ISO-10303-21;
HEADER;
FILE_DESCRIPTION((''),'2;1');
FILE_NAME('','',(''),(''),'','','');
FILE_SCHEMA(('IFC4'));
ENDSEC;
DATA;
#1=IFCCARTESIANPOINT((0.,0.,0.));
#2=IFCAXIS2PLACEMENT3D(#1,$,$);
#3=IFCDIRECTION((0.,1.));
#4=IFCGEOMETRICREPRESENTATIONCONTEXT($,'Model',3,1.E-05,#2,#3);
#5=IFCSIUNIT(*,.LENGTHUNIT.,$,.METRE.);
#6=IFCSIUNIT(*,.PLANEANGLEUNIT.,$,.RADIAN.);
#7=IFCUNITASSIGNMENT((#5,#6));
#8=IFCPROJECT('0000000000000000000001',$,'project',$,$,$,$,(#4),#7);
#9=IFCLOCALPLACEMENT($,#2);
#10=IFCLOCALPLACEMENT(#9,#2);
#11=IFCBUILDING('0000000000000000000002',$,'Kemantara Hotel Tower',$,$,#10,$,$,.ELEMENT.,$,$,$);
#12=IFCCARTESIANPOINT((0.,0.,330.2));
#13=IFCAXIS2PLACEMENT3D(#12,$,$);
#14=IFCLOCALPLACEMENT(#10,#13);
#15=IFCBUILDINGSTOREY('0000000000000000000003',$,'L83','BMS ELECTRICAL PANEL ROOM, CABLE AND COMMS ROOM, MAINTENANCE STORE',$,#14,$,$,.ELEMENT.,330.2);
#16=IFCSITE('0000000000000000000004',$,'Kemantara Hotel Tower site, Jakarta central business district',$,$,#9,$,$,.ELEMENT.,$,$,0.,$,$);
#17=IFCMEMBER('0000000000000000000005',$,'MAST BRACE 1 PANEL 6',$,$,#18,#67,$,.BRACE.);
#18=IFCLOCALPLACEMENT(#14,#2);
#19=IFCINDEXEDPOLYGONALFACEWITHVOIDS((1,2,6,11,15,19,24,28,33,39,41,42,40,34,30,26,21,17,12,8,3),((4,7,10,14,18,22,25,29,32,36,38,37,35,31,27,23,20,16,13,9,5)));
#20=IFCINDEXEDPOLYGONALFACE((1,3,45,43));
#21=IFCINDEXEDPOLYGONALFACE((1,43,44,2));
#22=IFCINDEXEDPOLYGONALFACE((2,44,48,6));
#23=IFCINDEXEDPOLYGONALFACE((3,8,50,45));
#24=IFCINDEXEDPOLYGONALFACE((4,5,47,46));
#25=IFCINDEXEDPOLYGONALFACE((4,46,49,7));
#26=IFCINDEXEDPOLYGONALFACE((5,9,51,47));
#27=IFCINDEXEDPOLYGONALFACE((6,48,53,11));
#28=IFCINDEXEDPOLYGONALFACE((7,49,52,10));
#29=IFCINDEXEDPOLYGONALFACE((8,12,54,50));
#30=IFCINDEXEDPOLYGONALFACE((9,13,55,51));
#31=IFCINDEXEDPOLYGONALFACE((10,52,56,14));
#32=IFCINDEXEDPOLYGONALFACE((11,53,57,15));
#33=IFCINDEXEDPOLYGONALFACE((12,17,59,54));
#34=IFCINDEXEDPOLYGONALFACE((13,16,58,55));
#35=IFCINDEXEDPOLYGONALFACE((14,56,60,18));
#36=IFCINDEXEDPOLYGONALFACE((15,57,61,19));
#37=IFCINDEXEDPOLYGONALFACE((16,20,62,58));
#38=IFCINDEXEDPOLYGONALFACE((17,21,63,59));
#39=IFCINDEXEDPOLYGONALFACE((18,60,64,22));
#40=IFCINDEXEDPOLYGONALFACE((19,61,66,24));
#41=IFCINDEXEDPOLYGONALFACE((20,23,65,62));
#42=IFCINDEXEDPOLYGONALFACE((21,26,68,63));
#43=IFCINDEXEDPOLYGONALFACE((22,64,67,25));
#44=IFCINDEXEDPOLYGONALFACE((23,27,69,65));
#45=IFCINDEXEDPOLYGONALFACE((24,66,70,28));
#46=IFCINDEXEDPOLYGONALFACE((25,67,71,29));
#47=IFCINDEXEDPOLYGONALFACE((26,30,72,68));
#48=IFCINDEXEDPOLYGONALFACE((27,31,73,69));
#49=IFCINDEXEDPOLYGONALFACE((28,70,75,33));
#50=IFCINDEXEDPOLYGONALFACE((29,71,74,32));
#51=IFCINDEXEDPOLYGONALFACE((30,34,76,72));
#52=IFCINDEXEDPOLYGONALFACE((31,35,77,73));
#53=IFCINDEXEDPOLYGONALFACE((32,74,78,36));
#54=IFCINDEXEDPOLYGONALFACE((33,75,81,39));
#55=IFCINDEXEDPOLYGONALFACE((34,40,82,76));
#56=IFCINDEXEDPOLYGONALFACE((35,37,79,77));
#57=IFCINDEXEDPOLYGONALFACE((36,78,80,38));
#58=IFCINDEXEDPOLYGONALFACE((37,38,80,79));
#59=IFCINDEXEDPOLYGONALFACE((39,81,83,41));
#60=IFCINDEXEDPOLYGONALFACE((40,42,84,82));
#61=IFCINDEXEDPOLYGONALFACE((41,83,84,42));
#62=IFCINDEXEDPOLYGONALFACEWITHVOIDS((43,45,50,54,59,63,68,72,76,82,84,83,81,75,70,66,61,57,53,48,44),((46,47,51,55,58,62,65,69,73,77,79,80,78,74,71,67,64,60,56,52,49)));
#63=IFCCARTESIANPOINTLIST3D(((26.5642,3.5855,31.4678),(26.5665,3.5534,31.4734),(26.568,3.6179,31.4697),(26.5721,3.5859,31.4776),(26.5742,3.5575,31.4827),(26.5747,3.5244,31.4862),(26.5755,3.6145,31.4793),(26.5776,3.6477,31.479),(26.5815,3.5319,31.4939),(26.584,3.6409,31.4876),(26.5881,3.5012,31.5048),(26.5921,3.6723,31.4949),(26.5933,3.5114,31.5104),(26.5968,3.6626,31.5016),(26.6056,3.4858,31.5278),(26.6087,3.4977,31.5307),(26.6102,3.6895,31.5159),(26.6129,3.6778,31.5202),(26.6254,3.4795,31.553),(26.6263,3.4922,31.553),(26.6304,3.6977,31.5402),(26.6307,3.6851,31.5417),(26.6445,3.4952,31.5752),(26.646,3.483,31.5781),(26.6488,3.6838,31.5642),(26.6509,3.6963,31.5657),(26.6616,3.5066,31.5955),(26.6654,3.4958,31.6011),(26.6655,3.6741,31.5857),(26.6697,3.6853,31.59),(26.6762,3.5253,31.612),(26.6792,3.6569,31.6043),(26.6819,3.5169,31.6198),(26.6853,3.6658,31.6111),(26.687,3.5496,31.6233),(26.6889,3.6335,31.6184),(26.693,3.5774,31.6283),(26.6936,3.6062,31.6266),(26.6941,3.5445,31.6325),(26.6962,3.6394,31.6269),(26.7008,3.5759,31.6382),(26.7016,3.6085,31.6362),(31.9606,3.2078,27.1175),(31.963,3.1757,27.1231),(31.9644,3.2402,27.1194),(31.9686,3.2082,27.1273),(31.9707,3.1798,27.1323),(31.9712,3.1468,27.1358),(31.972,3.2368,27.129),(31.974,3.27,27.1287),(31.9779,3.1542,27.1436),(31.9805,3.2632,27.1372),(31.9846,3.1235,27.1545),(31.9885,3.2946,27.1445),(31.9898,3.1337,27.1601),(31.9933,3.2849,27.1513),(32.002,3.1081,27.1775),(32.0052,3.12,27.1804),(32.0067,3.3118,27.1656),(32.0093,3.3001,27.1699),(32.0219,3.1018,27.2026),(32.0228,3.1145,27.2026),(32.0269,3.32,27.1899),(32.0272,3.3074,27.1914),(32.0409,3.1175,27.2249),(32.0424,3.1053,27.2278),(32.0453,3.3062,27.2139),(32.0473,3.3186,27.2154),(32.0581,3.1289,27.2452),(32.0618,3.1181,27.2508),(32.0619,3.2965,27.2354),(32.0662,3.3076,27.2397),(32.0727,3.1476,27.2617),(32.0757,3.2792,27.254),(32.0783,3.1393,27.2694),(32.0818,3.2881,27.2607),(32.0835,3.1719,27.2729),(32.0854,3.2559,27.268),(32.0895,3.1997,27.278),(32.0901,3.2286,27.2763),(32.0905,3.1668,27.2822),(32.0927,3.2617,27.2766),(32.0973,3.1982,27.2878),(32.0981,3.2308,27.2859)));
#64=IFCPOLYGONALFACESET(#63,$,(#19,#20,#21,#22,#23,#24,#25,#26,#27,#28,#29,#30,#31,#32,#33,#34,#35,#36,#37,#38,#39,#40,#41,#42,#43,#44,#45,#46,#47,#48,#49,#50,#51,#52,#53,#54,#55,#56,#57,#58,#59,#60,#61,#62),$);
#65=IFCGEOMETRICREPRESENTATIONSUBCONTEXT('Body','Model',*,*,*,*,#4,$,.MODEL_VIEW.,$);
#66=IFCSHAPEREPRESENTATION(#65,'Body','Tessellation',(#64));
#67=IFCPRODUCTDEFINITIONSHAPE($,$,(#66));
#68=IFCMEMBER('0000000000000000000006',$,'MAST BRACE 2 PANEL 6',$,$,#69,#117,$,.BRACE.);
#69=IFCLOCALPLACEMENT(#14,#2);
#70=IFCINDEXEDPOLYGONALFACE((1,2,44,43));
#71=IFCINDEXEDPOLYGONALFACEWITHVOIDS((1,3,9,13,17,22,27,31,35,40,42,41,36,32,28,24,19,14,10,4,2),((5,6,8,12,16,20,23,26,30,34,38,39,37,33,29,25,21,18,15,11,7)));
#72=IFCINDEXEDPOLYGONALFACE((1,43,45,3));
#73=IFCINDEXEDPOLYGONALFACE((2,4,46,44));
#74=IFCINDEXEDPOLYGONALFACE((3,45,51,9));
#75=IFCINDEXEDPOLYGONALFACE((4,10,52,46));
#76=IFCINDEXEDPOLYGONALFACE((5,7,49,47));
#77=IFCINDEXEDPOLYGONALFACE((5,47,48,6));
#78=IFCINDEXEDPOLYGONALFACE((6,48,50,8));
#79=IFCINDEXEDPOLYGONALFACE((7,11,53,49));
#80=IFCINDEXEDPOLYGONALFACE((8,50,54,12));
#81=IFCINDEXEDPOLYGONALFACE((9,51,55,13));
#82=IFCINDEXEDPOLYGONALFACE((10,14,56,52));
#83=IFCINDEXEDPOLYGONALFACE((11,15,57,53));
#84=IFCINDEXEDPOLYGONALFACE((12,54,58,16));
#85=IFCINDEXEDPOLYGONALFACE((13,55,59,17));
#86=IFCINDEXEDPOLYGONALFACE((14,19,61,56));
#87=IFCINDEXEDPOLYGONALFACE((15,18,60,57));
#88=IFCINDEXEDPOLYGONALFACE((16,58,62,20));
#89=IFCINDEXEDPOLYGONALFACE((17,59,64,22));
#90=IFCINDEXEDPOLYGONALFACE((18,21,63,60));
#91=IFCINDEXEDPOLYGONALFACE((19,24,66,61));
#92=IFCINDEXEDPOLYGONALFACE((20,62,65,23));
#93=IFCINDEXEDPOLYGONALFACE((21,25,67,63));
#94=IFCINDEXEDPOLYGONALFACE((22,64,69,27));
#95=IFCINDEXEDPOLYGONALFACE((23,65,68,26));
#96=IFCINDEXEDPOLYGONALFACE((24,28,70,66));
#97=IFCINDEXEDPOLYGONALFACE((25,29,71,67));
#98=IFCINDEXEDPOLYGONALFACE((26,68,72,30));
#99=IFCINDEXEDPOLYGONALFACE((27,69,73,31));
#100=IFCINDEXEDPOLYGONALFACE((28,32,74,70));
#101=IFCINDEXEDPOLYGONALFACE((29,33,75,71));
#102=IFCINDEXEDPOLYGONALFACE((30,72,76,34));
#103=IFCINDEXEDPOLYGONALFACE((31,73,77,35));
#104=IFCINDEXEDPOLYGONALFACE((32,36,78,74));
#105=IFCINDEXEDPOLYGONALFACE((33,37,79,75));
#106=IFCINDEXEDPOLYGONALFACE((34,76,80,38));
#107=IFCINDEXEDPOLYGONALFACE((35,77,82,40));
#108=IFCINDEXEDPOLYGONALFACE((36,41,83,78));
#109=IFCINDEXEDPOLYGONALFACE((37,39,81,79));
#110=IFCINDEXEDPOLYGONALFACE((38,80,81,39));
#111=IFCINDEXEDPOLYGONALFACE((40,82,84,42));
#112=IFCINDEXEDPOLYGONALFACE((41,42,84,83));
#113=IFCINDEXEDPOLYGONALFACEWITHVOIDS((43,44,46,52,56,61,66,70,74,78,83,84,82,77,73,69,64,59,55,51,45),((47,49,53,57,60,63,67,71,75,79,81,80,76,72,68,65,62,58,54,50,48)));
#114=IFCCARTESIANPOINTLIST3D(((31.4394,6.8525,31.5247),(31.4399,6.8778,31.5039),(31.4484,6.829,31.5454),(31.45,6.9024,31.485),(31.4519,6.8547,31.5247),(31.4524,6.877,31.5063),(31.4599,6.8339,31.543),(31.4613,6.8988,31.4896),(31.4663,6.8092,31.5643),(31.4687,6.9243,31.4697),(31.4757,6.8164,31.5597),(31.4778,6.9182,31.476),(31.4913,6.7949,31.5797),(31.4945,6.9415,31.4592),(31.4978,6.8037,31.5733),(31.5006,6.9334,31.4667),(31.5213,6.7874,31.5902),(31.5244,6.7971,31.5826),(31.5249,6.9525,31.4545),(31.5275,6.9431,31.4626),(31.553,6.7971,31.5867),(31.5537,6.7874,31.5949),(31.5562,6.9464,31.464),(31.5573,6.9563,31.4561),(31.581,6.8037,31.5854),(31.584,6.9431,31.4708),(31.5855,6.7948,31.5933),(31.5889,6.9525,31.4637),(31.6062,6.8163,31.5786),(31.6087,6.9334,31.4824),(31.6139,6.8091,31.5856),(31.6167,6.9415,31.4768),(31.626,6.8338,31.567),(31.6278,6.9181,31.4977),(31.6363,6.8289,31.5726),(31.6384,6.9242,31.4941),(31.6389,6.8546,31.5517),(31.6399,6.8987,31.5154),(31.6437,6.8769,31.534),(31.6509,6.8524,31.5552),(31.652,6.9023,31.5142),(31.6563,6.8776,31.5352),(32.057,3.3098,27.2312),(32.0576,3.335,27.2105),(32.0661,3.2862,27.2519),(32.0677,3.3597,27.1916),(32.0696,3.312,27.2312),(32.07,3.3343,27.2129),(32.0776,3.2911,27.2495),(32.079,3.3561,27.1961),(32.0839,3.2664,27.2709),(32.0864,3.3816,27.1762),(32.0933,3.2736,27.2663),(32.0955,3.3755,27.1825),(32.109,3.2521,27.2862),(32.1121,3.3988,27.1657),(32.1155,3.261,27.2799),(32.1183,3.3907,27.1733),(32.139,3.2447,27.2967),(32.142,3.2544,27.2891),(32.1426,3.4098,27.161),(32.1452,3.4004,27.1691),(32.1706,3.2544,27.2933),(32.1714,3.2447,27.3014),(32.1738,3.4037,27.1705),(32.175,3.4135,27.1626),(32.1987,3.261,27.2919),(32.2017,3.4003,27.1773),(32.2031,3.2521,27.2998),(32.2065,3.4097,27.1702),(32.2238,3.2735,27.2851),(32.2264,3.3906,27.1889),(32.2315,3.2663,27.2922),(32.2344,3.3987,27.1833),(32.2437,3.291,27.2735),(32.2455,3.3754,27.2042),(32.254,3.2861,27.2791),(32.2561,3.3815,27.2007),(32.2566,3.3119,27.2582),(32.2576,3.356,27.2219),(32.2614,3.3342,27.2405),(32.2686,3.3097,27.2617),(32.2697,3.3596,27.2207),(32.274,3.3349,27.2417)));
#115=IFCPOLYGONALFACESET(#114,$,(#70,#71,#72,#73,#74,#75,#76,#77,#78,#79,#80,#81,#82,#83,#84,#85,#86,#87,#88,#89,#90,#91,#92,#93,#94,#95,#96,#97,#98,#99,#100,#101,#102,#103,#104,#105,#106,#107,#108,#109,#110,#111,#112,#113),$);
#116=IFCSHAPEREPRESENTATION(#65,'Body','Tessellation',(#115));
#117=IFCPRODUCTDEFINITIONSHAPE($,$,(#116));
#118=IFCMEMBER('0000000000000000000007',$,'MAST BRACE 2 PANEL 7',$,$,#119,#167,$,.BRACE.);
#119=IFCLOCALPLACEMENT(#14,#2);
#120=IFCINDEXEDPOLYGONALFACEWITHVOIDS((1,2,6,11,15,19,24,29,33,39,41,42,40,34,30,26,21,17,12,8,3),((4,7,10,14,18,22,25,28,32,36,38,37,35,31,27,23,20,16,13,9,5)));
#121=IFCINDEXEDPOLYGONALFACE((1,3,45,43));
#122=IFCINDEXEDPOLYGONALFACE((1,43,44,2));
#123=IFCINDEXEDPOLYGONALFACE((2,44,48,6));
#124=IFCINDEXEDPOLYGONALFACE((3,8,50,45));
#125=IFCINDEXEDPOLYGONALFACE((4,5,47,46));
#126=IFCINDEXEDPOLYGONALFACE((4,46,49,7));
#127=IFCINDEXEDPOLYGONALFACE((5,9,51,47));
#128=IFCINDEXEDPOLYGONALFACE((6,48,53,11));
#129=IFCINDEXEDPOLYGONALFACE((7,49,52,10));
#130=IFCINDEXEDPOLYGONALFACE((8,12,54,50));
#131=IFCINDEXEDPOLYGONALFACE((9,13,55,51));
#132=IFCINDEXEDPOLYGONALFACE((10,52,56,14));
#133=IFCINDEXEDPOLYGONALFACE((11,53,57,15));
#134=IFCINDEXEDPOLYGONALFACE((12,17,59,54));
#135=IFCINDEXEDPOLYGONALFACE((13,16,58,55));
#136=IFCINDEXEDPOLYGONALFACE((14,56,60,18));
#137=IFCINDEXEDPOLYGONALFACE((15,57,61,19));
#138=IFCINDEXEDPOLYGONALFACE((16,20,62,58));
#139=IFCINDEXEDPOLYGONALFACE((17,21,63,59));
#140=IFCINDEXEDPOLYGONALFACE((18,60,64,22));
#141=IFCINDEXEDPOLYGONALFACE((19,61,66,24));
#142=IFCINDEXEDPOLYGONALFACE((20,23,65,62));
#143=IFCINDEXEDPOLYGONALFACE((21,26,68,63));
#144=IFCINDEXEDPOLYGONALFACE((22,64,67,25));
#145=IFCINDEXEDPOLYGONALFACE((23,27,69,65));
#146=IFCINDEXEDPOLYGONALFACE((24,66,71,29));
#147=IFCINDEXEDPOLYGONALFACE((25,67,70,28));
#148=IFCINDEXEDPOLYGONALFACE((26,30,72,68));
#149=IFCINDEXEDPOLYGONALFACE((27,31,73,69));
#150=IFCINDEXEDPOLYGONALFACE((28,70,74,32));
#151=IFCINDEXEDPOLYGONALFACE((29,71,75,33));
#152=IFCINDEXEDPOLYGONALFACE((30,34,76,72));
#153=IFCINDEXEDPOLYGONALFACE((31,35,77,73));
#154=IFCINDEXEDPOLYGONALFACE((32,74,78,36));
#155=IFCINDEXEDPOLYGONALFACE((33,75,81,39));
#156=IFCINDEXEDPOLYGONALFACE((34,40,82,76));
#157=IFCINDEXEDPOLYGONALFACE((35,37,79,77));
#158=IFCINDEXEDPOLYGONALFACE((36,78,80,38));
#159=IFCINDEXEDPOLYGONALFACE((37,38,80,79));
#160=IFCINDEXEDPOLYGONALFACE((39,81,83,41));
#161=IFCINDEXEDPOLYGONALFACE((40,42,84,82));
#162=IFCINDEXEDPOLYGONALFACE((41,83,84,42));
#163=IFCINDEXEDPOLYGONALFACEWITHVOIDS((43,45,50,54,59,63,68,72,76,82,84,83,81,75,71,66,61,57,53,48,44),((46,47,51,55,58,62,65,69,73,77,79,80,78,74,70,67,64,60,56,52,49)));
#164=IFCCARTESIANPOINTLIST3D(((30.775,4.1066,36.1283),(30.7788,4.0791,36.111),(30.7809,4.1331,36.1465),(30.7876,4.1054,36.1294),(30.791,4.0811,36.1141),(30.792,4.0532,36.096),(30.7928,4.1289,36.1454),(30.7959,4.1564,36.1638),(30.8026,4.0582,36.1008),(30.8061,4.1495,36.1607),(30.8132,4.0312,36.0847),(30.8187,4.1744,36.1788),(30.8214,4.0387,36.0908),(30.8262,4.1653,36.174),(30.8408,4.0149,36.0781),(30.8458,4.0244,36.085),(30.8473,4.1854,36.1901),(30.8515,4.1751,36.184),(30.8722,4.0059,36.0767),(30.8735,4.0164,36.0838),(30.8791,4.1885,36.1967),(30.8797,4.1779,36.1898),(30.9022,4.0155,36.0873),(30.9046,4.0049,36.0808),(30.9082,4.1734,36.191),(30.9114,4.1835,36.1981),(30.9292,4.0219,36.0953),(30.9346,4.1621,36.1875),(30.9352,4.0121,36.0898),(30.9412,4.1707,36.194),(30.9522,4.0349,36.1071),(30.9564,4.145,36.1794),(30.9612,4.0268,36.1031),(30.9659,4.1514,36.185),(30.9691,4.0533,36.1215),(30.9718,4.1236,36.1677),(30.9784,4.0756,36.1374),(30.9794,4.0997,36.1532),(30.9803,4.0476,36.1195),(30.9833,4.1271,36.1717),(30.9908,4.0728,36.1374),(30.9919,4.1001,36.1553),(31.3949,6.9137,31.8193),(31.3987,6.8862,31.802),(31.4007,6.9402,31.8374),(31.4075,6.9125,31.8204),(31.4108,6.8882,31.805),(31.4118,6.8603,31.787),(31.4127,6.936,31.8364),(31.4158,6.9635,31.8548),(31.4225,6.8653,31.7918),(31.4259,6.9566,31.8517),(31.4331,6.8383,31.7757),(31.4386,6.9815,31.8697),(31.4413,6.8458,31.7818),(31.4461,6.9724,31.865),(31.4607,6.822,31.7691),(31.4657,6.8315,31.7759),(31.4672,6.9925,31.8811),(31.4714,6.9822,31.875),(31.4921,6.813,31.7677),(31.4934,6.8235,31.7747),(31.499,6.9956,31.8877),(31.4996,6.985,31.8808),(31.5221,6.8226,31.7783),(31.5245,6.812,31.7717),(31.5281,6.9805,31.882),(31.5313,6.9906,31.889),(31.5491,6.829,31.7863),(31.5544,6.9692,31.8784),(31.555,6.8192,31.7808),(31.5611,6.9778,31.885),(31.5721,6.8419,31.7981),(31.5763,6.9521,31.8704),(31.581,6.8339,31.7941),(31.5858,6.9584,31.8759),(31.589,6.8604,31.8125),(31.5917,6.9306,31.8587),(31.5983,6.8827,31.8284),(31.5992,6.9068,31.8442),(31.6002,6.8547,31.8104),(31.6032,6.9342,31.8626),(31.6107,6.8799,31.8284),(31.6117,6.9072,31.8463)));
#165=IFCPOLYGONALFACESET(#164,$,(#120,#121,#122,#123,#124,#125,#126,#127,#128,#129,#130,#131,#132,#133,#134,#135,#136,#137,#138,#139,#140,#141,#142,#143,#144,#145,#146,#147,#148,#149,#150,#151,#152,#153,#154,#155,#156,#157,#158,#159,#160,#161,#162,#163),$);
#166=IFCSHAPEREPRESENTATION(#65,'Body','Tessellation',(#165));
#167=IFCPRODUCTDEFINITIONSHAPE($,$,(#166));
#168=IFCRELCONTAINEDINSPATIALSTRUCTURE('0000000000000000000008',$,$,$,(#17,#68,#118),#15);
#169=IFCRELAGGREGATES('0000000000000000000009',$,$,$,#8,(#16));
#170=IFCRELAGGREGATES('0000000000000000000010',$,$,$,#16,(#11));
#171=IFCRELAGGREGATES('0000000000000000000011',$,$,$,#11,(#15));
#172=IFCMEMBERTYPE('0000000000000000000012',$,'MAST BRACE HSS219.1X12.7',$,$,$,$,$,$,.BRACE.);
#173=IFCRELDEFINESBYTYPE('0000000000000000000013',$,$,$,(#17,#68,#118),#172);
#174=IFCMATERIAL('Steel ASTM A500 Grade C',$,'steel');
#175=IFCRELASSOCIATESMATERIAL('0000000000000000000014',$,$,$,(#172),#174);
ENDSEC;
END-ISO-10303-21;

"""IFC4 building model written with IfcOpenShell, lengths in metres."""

from ifc_helpers import new_model, si_unit, direction, frame, origin, origin_2d, place, context, subcontext, project, spatial, hollow_circle, extrude, material, material_profile, profile_set, type_object, element, save


model = new_model("IFC4")

# Units and contexts
model_context = context("Model", 3, precision=1e-05, world=origin(), true_north=direction((0.0, 1.0)))
body_context = subcontext(model_context, "Body", "Model", "MODEL_VIEW")
ifc_project = project(units=[si_unit("LENGTHUNIT", "METRE"), si_unit("PLANEANGLEUNIT", "RADIAN")], contexts=[model_context])

# Site, building, storey
site_placement = place(None, origin())
site = spatial("IfcSite", under=ifc_project, at=site_placement, Name="Kemantara Hotel Tower site, Jakarta central business district", CompositionType="ELEMENT", RefElevation=0.0)
building_placement = place(site_placement, origin())
building = spatial("IfcBuilding", under=site, at=building_placement, Name="Kemantara Hotel Tower", CompositionType="ELEMENT")
storey_placement = place(building_placement, frame((0.0, 0.0, 330.2)))
storey = spatial("IfcBuildingStorey", under=building, at=storey_placement, Name="L83", Description="BMS ELECTRICAL PANEL ROOM, CABLE AND COMMS ROOM, MAINTENANCE STORE", CompositionType="ELEMENT", Elevation=330.2)

# Members
ifc_material = material(Name="Steel ASTM A500 Grade C", Category="steel")
ifc_material_profile_1 = material_profile(ifc_material, hollow_circle(Radius=0.1096, WallThickness=0.0127, at=origin_2d()), Name="HSS219.1X12.7")
ifc_profile_set_1 = profile_set([ifc_material_profile_1], Name="Steel ASTM A500 Grade C")
member_type_1 = type_object("IfcMemberType", Name="MAST BRACE HSS219.1X12.7", PredefinedType="BRACE", material=ifc_profile_set_1)
member_1_placement = place(storey_placement, frame((32.0295, 3.2112, 27.2026), z_axis=(-0.777377, 0.054407, 0.626678), x_axis=(-0.069817, -0.99756, 0.0)))
element("IfcMember", 1, at=member_1_placement, inside=storey, type_object=member_type_1, Name="MAST BRACE 1 PANEL 6", PredefinedType="BRACE", context=body_context, shape_type="SweptSolid", body=[
    extrude(hollow_circle(Radius=0.1096, WallThickness=0.0127, at=origin_2d()), origin(), (0.0, 0.0, 1.0), 6.9419),
])
member_2_placement = place(storey_placement, frame((32.165, 3.3286, 27.2312), z_axis=(-0.110288, 0.632567, 0.766613), x_axis=(-0.985139, -0.171759, 0.0)))
element("IfcMember", 2, at=member_2_placement, inside=storey, type_object=member_type_1, Name="MAST BRACE 2 PANEL 6", PredefinedType="BRACE", context=body_context, shape_type="SweptSolid", body=[
    extrude(hollow_circle(Radius=0.1096, WallThickness=0.0127, at=origin_2d()), origin(), (0.0, 0.0, 1.0), 5.6006),
])
member_3_placement = place(storey_placement, frame((31.5037, 6.9036, 31.8284), z_axis=(-0.119667, -0.541917, 0.831869), x_axis=(0.976476, -0.215626, 0.0)))
element("IfcMember", 3, at=member_3_placement, inside=storey, type_object=member_type_1, Name="MAST BRACE 2 PANEL 7", PredefinedType="BRACE", context=body_context, shape_type="SweptSolid", body=[
    extrude(hollow_circle(Radius=0.1096, WallThickness=0.0127, at=origin_2d()), origin(), (0.0, 0.0, 1.0), 5.1799),
])

save(model, "model.ifc")
